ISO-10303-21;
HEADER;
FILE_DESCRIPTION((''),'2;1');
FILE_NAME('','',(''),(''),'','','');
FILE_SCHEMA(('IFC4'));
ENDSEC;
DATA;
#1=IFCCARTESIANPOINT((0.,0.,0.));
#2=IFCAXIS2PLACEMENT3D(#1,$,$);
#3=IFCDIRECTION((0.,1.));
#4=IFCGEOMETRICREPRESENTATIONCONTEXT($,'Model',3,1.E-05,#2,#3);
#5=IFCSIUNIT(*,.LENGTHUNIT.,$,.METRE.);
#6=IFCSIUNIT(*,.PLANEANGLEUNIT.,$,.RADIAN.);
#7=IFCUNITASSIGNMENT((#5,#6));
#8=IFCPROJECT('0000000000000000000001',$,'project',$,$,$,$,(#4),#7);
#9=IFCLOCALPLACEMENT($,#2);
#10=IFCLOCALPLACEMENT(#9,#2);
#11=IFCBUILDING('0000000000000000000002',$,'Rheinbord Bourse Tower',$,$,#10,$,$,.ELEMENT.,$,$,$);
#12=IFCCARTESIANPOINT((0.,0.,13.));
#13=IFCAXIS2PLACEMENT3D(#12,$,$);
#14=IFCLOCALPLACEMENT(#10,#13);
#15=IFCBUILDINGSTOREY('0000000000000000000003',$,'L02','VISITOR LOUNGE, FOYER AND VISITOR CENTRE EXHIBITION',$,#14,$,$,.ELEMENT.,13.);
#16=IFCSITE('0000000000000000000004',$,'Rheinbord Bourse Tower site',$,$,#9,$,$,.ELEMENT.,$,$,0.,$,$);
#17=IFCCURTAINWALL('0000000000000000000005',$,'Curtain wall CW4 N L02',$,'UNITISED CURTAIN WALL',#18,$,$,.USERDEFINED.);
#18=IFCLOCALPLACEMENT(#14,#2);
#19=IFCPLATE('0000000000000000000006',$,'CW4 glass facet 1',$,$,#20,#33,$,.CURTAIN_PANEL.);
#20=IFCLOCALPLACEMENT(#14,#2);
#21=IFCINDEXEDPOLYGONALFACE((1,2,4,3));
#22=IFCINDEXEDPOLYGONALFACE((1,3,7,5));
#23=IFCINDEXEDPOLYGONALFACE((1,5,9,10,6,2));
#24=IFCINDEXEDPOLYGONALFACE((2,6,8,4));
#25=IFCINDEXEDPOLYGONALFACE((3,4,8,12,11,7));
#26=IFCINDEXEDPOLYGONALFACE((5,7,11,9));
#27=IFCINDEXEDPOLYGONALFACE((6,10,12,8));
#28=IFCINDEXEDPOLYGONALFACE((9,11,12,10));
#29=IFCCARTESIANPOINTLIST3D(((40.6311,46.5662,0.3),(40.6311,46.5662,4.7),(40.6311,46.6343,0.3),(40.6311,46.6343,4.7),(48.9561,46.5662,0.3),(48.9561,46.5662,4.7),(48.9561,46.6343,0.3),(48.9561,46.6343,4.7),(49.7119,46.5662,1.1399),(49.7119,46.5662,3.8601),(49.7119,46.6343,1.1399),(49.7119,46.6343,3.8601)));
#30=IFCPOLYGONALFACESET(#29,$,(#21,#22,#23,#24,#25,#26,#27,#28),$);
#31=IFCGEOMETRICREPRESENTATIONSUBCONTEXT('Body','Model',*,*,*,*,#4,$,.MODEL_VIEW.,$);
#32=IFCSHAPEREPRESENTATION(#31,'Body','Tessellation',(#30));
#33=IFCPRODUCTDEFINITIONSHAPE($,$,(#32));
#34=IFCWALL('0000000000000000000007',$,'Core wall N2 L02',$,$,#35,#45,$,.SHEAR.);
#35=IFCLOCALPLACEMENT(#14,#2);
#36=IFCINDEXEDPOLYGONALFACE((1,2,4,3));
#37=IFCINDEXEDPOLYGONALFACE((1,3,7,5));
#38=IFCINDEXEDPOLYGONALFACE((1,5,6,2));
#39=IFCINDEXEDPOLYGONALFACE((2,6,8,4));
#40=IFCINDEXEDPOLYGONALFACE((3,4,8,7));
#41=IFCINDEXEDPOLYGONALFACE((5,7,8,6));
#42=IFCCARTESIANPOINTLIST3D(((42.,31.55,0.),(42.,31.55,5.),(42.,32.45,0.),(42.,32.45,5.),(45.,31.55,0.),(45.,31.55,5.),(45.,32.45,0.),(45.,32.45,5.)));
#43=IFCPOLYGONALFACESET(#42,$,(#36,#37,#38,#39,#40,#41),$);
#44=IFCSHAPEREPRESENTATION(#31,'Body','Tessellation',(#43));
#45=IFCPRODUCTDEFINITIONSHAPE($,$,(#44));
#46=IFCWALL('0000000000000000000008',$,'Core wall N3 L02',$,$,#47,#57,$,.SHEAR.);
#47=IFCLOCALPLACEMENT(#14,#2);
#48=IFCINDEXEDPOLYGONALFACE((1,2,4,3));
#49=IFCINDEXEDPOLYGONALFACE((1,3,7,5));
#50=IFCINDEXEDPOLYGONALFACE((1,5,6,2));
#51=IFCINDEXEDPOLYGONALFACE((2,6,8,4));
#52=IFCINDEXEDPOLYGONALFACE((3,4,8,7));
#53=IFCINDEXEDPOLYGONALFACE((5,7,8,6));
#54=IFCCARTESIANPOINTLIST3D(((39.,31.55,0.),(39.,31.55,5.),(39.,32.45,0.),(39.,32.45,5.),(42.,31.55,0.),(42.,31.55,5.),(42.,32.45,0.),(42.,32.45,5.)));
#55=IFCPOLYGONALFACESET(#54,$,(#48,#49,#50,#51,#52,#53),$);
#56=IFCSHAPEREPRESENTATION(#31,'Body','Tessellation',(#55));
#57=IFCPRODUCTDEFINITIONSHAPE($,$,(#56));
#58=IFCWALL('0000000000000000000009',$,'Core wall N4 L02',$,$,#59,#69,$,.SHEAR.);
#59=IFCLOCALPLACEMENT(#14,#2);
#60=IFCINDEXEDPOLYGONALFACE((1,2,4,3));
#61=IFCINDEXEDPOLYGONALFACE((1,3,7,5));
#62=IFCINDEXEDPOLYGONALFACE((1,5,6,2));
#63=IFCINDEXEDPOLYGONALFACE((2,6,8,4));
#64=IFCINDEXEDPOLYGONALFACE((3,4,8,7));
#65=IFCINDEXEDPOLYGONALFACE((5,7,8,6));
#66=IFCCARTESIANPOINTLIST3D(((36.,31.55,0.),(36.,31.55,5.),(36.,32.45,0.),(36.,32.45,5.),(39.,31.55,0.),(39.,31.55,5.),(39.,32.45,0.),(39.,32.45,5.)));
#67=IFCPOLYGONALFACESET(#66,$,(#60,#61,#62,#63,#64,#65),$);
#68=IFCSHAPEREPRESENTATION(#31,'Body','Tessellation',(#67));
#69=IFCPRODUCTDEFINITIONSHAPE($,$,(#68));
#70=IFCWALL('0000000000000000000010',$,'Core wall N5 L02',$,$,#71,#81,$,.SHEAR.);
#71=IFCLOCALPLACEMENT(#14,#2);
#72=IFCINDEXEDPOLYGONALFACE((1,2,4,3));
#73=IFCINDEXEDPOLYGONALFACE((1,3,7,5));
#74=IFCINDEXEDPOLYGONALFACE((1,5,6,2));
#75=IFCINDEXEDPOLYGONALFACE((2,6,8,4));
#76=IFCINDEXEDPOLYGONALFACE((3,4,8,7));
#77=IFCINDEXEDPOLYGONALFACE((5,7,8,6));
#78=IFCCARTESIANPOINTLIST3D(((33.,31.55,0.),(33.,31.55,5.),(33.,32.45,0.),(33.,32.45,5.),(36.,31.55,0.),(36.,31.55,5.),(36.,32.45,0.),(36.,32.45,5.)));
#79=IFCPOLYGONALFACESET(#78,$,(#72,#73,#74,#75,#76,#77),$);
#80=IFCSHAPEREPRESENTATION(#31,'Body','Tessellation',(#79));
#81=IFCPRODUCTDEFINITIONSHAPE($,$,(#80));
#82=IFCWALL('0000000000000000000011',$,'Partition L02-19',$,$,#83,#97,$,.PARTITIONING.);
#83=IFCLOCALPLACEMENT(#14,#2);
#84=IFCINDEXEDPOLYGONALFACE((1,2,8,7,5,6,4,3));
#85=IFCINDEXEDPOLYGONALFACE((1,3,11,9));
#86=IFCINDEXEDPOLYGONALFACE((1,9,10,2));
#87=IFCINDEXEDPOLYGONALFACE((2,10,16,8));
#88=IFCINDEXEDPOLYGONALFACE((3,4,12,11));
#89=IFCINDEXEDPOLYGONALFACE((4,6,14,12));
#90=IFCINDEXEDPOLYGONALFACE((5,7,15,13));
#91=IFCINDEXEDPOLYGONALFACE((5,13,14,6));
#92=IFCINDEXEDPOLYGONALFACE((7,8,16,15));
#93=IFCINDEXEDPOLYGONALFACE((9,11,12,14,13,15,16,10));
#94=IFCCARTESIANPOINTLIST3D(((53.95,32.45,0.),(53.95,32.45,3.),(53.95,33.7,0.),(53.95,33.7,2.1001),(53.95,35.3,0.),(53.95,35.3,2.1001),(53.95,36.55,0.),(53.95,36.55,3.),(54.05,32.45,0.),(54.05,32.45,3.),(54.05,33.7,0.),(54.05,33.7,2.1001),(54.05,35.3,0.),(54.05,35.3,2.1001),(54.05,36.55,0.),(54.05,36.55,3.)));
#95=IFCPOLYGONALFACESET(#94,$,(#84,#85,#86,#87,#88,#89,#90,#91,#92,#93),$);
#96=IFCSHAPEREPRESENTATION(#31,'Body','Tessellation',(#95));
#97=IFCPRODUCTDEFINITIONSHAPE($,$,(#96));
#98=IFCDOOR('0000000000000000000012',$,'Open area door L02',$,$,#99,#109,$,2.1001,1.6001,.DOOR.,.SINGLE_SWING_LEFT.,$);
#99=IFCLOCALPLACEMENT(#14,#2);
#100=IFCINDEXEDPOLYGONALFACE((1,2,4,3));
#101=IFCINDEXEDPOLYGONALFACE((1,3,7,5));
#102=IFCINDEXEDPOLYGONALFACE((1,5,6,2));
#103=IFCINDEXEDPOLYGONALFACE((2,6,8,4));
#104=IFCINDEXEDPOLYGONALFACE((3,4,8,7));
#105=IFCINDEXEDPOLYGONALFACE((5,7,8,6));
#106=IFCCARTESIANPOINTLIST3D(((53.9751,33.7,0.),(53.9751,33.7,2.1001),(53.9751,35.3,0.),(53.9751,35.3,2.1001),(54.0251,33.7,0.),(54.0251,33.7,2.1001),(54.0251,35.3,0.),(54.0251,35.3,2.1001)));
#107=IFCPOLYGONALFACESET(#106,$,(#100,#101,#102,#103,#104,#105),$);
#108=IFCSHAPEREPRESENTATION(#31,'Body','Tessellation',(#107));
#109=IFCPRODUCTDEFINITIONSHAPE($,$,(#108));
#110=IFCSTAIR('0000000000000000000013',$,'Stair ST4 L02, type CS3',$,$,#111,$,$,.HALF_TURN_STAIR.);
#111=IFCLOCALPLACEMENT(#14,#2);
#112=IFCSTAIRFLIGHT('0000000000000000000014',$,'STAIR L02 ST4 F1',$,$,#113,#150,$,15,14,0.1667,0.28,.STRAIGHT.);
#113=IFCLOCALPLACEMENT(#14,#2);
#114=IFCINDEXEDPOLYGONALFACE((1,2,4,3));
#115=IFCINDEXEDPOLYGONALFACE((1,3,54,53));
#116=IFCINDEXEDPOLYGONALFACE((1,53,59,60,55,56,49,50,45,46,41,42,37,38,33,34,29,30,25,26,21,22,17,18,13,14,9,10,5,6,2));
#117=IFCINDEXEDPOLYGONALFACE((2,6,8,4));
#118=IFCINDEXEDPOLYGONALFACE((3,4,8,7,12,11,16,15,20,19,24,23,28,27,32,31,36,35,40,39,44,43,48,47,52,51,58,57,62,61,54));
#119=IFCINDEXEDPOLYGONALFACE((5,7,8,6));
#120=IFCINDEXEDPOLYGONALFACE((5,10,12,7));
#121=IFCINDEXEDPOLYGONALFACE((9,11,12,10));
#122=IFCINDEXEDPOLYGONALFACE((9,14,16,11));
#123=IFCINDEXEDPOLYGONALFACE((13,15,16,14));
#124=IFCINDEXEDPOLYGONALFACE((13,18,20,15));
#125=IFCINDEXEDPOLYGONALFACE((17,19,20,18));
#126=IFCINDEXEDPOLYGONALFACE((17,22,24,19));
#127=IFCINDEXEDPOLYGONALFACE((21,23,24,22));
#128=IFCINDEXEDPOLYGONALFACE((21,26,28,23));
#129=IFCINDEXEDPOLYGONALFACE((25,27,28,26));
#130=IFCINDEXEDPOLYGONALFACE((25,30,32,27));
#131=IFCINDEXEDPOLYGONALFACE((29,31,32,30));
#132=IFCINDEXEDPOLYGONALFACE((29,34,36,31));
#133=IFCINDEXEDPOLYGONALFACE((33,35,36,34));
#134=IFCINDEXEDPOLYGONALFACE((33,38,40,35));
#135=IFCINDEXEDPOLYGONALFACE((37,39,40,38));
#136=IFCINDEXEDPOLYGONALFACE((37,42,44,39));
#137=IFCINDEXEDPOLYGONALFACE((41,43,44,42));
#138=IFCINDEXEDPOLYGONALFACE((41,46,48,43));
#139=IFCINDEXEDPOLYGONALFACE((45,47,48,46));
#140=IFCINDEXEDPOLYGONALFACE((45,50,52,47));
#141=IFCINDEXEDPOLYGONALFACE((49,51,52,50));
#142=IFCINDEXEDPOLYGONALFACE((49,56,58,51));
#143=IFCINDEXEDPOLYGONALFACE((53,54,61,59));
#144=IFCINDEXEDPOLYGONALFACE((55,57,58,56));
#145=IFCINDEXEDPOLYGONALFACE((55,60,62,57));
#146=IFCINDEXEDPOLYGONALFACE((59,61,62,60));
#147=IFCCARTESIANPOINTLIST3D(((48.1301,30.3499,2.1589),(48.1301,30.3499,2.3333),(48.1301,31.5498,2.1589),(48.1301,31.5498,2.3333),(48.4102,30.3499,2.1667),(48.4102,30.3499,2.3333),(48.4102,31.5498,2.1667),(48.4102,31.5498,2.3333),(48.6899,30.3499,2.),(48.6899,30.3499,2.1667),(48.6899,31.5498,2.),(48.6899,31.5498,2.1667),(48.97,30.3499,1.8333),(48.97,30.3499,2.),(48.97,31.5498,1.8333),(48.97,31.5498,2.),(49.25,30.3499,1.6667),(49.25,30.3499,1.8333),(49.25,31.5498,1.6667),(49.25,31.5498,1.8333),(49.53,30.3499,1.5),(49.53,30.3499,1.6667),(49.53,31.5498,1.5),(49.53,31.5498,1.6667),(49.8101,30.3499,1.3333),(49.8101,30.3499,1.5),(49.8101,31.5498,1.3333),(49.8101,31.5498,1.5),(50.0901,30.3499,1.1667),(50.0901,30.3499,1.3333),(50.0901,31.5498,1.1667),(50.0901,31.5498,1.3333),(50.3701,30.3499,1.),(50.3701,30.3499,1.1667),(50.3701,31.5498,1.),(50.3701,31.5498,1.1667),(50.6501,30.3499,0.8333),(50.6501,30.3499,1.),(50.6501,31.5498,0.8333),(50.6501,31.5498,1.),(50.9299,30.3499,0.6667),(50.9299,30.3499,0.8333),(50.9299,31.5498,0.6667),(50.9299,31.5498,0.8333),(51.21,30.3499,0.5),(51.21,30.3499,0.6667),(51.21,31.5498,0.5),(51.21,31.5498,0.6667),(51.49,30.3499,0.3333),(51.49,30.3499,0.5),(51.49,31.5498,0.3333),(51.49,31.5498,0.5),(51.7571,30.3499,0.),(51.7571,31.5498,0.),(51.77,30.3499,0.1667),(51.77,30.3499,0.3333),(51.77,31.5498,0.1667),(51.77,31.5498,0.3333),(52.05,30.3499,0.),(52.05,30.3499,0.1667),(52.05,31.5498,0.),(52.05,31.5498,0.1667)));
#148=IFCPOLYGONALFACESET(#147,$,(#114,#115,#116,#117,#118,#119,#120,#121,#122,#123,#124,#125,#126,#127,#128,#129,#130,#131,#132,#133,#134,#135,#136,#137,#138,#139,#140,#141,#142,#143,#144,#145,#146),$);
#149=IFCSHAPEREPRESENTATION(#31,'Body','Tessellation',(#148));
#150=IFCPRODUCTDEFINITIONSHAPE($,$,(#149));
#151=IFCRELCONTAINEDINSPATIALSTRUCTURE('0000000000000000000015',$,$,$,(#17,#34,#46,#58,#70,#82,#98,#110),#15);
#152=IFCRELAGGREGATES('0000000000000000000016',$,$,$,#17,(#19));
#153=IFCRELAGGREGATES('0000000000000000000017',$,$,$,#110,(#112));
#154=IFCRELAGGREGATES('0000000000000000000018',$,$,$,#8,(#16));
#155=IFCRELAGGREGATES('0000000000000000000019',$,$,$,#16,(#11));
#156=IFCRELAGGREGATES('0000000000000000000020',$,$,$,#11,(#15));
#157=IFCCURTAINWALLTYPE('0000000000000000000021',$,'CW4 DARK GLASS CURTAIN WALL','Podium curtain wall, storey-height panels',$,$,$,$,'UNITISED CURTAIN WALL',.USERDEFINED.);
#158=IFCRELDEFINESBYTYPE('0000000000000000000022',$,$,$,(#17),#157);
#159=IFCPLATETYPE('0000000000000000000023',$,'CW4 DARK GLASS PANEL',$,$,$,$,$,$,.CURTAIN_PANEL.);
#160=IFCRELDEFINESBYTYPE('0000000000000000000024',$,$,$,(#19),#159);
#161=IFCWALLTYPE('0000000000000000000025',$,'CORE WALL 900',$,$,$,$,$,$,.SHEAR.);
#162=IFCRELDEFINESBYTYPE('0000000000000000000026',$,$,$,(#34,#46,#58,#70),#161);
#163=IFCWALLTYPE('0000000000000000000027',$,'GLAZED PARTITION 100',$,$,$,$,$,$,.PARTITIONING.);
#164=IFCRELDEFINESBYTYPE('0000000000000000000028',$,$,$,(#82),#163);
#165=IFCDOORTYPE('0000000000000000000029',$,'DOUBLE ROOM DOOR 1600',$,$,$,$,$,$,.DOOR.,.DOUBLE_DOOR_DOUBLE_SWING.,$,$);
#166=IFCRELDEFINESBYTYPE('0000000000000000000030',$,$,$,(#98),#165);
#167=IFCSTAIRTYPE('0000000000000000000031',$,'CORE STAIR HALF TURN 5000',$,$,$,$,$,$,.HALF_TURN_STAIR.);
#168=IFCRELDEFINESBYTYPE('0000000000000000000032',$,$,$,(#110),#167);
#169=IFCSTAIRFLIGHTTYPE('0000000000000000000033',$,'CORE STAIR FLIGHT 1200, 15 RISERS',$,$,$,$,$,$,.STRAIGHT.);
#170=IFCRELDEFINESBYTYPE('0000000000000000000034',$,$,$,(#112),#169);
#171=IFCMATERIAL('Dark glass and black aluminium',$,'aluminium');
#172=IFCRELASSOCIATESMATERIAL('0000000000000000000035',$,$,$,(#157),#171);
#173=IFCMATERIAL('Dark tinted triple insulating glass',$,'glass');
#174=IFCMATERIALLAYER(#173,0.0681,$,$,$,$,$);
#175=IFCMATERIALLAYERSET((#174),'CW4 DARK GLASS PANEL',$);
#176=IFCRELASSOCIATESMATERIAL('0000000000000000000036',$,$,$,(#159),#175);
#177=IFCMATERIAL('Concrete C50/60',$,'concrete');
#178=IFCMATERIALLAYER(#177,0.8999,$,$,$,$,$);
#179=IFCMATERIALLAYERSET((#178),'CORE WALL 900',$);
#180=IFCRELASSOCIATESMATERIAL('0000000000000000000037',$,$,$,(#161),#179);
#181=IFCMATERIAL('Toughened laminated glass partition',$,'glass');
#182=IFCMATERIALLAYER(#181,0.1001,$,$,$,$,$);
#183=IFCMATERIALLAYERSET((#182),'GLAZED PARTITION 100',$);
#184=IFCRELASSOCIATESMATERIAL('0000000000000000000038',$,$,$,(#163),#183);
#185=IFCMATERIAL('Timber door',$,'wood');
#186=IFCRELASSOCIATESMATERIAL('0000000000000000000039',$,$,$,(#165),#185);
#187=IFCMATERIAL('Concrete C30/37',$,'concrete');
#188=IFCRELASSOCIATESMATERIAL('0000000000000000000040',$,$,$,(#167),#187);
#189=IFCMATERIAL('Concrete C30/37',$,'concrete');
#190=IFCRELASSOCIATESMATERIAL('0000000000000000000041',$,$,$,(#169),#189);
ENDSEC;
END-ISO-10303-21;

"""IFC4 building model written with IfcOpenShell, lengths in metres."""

from ifc_helpers import new_model, si_unit, direction, frame, frame_2d, origin, place, context, subcontext, project, spatial, polyline, rectangle, outline, extrude, material, layer, layer_set, type_object, element, fill, aggregate, save


model = new_model("IFC4")

# Units and contexts
model_context = context("Model", 3, precision=1e-05, world=origin(), true_north=direction((0.0, 1.0)))
body_context = subcontext(model_context, "Body", "Model", "MODEL_VIEW")
ifc_project = project(units=[si_unit("LENGTHUNIT", "METRE"), si_unit("PLANEANGLEUNIT", "RADIAN")], contexts=[model_context])

# Site, building, storey
site_placement = place(None, origin())
site = spatial("IfcSite", under=ifc_project, at=site_placement, Name="Rheinbord Bourse Tower site", CompositionType="ELEMENT", RefElevation=0.0)
building_placement = place(site_placement, origin())
building = spatial("IfcBuilding", under=site, at=building_placement, Name="Rheinbord Bourse Tower", CompositionType="ELEMENT")
storey_placement = place(building_placement, frame((0.0, 0.0, 13.0)))
storey = spatial("IfcBuildingStorey", under=building, at=storey_placement, Name="L02", Description="VISITOR LOUNGE, FOYER AND VISITOR CENTRE EXHIBITION", CompositionType="ELEMENT", Elevation=13.0)

# Curtain wall
ifc_material_1 = material(Name="Dark glass and black aluminium", Category="aluminium")
curtain_wall_type = type_object("IfcCurtainWallType", Name="CW4 DARK GLASS CURTAIN WALL", Description="Podium curtain wall, storey-height panels", ElementType="UNITISED CURTAIN WALL", PredefinedType="USERDEFINED", material=ifc_material_1)
curtain_wall_placement = place(storey_placement, origin())
curtain_wall = element("IfcCurtainWall", 1, at=curtain_wall_placement, inside=storey, type_object=curtain_wall_type, Name="Curtain wall CW4 N L02", ObjectType="UNITISED CURTAIN WALL", PredefinedType="USERDEFINED")

# Plate
ifc_material_2 = material(Name="Dark tinted triple insulating glass", Category="glass")
ifc_layer_1 = layer(ifc_material_2, 0.0681)
ifc_layer_set_1 = layer_set([ifc_layer_1], Name="CW4 DARK GLASS PANEL")
plate_type = type_object("IfcPlateType", Name="CW4 DARK GLASS PANEL", PredefinedType="CURTAIN_PANEL", material=ifc_layer_set_1)
plate_1_placement = place(storey_placement, frame((40.6311, 46.6343, 4.7), z_axis=(0.0, -1.0, 0.0), x_axis=(0.0, 0.0, -1.0)))
plate_1 = element("IfcPlate", 2, at=plate_1_placement, type_object=plate_type, Name="CW4 glass facet 1", PredefinedType="CURTAIN_PANEL", context=body_context, shape_type="SweptSolid", body=[
    extrude(outline(polyline([(0.0, 0.0), (4.3999, 0.0), (4.3999, 8.325), (3.5601, 9.0808), (0.8398, 9.0808), (0.0, 8.325), (0.0, 0.0)])), origin(), (0.0, 0.0, 1.0), 0.0681),
])
aggregate(curtain_wall, [plate_1])

# Walls
ifc_material_3 = material(Name="Concrete C50/60", Category="concrete")
ifc_layer_2 = layer(ifc_material_3, 0.8999)
ifc_layer_set_2 = layer_set([ifc_layer_2], Name="CORE WALL 900")
wall_type_1 = type_object("IfcWallType", Name="CORE WALL 900", PredefinedType="SHEAR", material=ifc_layer_set_2)
for number, where, z_axis, x_axis, name in (
    (3, (45.0, 32.0, 0.0), (0.0, 0.0, 1.0), (-1.0, 0.0, 0.0), "Core wall N2 L02"),
    (4, (42.0, 32.0, 0.0), (0.0, 0.0, 1.0), (-1.0, 0.0, 0.0), "Core wall N3 L02"),
    (5, (39.0, 32.0, 0.0), (0.0, 0.0, 1.0), (-1.0, 0.0, 0.0), "Core wall N4 L02"),
    (6, (36.0, 32.0, 0.0), (0.0, 0.0, 1.0), (-1.0, 0.0, 0.0), "Core wall N5 L02"),
):
    element("IfcWall", number, at=place(storey_placement, frame(where, z_axis=z_axis, x_axis=x_axis)), inside=storey, type_object=wall_type_1, Name=name, PredefinedType="SHEAR", context=body_context, shape_type="SweptSolid", body=[
        extrude(rectangle(XDim=3.0, YDim=0.8999, at=frame_2d((1.5, 0.0))), origin(), (0.0, 0.0, 1.0), 5.0),
    ])

# Wall, opening, door
ifc_material_4 = material(Name="Toughened laminated glass partition", Category="glass")
ifc_layer_3 = layer(ifc_material_4, 0.1001)
ifc_layer_set_3 = layer_set([ifc_layer_3], Name="GLAZED PARTITION 100")
wall_type_2 = type_object("IfcWallType", Name="GLAZED PARTITION 100", PredefinedType="PARTITIONING", material=ifc_layer_set_3)
wall_placement = place(storey_placement, frame((54.0, 32.45, 0.0), z_axis=(0.0, 0.0, 1.0), x_axis=(0.0, 1.0, 0.0)))
wall = element("IfcWall", 7, at=wall_placement, inside=storey, type_object=wall_type_2, Name="Partition L02-19", PredefinedType="PARTITIONING", context=body_context, shape_type="SweptSolid", body=[
    extrude(rectangle(XDim=4.1001, YDim=0.1001, at=frame_2d((2.05, 0.0))), origin(), (0.0, 0.0, 1.0), 3.0),
])
opening_placement = place(wall_placement, frame((1.25, 0.0, 0.0)))
opening = element("IfcOpeningElement", 8, at=opening_placement, cuts=wall, PredefinedType="OPENING", context=body_context, shape_type="SweptSolid", body=[
    extrude(rectangle(XDim=1.6001, YDim=2.1001, at=frame_2d((0.8, 1.05))), frame((0.0, 0.0601, 0.0), z_axis=(0.0, -1.0, 0.0), x_axis=(1.0, 0.0, 0.0)), (0.0, 0.0, 1.0), 0.1201),
])
ifc_material_5 = material(Name="Timber door", Category="wood")
door_type = type_object("IfcDoorType", Name="DOUBLE ROOM DOOR 1600", OperationType="DOUBLE_DOOR_DOUBLE_SWING", PredefinedType="DOOR", material=ifc_material_5)
door_placement = place(opening_placement, origin())
door = element("IfcDoor", 9, at=door_placement, inside=storey, type_object=door_type, Name="Open area door L02", OperationType="SINGLE_SWING_LEFT", OverallHeight=2.1001, OverallWidth=1.6001, PredefinedType="DOOR", context=body_context, shape_type="SweptSolid", body=[
    extrude(rectangle(XDim=1.6001, YDim=2.1001, at=frame_2d((0.8, 1.05))), frame((0.0, 0.0249, 0.0), z_axis=(0.0, -1.0, 0.0), x_axis=(1.0, 0.0, 0.0)), (0.0, 0.0, 1.0), 0.05),
])
fill(opening, door)

# Stair, stair flight
ifc_material_6 = material(Name="Concrete C30/37", Category="concrete")
stair_type = type_object("IfcStairType", Name="CORE STAIR HALF TURN 5000", PredefinedType="HALF_TURN_STAIR", material=ifc_material_6)
stair_placement = place(storey_placement, origin())
stair = element("IfcStair", 10, at=stair_placement, inside=storey, type_object=stair_type, Name="Stair ST4 L02, type CS3", PredefinedType="HALF_TURN_STAIR")
ifc_material_7 = material(Name="Concrete C30/37", Category="concrete")
stair_flight_type = type_object("IfcStairFlightType", Name="CORE STAIR FLIGHT 1200, 15 RISERS", PredefinedType="STRAIGHT", material=ifc_material_7)
stair_flight_placement = place(storey_placement, frame((52.05, 30.95, 0.0), z_axis=(0.0, 0.0, 1.0), x_axis=(-1.0, 0.0, 0.0)))
stair_flight = element("IfcStairFlight", 11, at=stair_flight_placement, type_object=stair_flight_type, Name="STAIR L02 ST4 F1", NumberOfRisers=15, NumberOfTreads=14, PredefinedType="STRAIGHT", RiserHeight=0.1667, TreadLength=0.28, context=body_context, shape_type="SweptSolid", body=[
    extrude(outline(polyline([(0.0, 0.0), (0.0, 0.1667), (0.28, 0.1667), (0.28, 0.3333), (0.5601, 0.3333), (0.5601, 0.5), (0.8401, 0.5), (0.8401, 0.6667), (1.1201, 0.6667), (1.1201, 0.8333), (1.3999, 0.8333), (1.3999, 1.0), (1.6799, 1.0), (1.6799, 1.1667), (1.96, 1.1667), (1.96, 1.3333), (2.24, 1.3333), (2.24, 1.5), (2.52, 1.5), (2.52, 1.6667), (2.8, 1.6667), (2.8, 1.8333), (3.0801, 1.8333), (3.0801, 2.0), (3.3601, 2.0), (3.3601, 2.1667), (3.6399, 2.1667), (3.6399, 2.3333), (3.9199, 2.3333), (3.9199, 2.5), (3.9199, 2.1589), (0.293, 0.0), (0.0, 0.0)])), frame((0.0, 0.6001, 0.0), z_axis=(0.0, -1.0, 0.0), x_axis=(1.0, 0.0, 0.0)), (0.0, 0.0, 1.0), 1.2),
])
aggregate(stair, [stair_flight])

save(model, "model.ifc")
